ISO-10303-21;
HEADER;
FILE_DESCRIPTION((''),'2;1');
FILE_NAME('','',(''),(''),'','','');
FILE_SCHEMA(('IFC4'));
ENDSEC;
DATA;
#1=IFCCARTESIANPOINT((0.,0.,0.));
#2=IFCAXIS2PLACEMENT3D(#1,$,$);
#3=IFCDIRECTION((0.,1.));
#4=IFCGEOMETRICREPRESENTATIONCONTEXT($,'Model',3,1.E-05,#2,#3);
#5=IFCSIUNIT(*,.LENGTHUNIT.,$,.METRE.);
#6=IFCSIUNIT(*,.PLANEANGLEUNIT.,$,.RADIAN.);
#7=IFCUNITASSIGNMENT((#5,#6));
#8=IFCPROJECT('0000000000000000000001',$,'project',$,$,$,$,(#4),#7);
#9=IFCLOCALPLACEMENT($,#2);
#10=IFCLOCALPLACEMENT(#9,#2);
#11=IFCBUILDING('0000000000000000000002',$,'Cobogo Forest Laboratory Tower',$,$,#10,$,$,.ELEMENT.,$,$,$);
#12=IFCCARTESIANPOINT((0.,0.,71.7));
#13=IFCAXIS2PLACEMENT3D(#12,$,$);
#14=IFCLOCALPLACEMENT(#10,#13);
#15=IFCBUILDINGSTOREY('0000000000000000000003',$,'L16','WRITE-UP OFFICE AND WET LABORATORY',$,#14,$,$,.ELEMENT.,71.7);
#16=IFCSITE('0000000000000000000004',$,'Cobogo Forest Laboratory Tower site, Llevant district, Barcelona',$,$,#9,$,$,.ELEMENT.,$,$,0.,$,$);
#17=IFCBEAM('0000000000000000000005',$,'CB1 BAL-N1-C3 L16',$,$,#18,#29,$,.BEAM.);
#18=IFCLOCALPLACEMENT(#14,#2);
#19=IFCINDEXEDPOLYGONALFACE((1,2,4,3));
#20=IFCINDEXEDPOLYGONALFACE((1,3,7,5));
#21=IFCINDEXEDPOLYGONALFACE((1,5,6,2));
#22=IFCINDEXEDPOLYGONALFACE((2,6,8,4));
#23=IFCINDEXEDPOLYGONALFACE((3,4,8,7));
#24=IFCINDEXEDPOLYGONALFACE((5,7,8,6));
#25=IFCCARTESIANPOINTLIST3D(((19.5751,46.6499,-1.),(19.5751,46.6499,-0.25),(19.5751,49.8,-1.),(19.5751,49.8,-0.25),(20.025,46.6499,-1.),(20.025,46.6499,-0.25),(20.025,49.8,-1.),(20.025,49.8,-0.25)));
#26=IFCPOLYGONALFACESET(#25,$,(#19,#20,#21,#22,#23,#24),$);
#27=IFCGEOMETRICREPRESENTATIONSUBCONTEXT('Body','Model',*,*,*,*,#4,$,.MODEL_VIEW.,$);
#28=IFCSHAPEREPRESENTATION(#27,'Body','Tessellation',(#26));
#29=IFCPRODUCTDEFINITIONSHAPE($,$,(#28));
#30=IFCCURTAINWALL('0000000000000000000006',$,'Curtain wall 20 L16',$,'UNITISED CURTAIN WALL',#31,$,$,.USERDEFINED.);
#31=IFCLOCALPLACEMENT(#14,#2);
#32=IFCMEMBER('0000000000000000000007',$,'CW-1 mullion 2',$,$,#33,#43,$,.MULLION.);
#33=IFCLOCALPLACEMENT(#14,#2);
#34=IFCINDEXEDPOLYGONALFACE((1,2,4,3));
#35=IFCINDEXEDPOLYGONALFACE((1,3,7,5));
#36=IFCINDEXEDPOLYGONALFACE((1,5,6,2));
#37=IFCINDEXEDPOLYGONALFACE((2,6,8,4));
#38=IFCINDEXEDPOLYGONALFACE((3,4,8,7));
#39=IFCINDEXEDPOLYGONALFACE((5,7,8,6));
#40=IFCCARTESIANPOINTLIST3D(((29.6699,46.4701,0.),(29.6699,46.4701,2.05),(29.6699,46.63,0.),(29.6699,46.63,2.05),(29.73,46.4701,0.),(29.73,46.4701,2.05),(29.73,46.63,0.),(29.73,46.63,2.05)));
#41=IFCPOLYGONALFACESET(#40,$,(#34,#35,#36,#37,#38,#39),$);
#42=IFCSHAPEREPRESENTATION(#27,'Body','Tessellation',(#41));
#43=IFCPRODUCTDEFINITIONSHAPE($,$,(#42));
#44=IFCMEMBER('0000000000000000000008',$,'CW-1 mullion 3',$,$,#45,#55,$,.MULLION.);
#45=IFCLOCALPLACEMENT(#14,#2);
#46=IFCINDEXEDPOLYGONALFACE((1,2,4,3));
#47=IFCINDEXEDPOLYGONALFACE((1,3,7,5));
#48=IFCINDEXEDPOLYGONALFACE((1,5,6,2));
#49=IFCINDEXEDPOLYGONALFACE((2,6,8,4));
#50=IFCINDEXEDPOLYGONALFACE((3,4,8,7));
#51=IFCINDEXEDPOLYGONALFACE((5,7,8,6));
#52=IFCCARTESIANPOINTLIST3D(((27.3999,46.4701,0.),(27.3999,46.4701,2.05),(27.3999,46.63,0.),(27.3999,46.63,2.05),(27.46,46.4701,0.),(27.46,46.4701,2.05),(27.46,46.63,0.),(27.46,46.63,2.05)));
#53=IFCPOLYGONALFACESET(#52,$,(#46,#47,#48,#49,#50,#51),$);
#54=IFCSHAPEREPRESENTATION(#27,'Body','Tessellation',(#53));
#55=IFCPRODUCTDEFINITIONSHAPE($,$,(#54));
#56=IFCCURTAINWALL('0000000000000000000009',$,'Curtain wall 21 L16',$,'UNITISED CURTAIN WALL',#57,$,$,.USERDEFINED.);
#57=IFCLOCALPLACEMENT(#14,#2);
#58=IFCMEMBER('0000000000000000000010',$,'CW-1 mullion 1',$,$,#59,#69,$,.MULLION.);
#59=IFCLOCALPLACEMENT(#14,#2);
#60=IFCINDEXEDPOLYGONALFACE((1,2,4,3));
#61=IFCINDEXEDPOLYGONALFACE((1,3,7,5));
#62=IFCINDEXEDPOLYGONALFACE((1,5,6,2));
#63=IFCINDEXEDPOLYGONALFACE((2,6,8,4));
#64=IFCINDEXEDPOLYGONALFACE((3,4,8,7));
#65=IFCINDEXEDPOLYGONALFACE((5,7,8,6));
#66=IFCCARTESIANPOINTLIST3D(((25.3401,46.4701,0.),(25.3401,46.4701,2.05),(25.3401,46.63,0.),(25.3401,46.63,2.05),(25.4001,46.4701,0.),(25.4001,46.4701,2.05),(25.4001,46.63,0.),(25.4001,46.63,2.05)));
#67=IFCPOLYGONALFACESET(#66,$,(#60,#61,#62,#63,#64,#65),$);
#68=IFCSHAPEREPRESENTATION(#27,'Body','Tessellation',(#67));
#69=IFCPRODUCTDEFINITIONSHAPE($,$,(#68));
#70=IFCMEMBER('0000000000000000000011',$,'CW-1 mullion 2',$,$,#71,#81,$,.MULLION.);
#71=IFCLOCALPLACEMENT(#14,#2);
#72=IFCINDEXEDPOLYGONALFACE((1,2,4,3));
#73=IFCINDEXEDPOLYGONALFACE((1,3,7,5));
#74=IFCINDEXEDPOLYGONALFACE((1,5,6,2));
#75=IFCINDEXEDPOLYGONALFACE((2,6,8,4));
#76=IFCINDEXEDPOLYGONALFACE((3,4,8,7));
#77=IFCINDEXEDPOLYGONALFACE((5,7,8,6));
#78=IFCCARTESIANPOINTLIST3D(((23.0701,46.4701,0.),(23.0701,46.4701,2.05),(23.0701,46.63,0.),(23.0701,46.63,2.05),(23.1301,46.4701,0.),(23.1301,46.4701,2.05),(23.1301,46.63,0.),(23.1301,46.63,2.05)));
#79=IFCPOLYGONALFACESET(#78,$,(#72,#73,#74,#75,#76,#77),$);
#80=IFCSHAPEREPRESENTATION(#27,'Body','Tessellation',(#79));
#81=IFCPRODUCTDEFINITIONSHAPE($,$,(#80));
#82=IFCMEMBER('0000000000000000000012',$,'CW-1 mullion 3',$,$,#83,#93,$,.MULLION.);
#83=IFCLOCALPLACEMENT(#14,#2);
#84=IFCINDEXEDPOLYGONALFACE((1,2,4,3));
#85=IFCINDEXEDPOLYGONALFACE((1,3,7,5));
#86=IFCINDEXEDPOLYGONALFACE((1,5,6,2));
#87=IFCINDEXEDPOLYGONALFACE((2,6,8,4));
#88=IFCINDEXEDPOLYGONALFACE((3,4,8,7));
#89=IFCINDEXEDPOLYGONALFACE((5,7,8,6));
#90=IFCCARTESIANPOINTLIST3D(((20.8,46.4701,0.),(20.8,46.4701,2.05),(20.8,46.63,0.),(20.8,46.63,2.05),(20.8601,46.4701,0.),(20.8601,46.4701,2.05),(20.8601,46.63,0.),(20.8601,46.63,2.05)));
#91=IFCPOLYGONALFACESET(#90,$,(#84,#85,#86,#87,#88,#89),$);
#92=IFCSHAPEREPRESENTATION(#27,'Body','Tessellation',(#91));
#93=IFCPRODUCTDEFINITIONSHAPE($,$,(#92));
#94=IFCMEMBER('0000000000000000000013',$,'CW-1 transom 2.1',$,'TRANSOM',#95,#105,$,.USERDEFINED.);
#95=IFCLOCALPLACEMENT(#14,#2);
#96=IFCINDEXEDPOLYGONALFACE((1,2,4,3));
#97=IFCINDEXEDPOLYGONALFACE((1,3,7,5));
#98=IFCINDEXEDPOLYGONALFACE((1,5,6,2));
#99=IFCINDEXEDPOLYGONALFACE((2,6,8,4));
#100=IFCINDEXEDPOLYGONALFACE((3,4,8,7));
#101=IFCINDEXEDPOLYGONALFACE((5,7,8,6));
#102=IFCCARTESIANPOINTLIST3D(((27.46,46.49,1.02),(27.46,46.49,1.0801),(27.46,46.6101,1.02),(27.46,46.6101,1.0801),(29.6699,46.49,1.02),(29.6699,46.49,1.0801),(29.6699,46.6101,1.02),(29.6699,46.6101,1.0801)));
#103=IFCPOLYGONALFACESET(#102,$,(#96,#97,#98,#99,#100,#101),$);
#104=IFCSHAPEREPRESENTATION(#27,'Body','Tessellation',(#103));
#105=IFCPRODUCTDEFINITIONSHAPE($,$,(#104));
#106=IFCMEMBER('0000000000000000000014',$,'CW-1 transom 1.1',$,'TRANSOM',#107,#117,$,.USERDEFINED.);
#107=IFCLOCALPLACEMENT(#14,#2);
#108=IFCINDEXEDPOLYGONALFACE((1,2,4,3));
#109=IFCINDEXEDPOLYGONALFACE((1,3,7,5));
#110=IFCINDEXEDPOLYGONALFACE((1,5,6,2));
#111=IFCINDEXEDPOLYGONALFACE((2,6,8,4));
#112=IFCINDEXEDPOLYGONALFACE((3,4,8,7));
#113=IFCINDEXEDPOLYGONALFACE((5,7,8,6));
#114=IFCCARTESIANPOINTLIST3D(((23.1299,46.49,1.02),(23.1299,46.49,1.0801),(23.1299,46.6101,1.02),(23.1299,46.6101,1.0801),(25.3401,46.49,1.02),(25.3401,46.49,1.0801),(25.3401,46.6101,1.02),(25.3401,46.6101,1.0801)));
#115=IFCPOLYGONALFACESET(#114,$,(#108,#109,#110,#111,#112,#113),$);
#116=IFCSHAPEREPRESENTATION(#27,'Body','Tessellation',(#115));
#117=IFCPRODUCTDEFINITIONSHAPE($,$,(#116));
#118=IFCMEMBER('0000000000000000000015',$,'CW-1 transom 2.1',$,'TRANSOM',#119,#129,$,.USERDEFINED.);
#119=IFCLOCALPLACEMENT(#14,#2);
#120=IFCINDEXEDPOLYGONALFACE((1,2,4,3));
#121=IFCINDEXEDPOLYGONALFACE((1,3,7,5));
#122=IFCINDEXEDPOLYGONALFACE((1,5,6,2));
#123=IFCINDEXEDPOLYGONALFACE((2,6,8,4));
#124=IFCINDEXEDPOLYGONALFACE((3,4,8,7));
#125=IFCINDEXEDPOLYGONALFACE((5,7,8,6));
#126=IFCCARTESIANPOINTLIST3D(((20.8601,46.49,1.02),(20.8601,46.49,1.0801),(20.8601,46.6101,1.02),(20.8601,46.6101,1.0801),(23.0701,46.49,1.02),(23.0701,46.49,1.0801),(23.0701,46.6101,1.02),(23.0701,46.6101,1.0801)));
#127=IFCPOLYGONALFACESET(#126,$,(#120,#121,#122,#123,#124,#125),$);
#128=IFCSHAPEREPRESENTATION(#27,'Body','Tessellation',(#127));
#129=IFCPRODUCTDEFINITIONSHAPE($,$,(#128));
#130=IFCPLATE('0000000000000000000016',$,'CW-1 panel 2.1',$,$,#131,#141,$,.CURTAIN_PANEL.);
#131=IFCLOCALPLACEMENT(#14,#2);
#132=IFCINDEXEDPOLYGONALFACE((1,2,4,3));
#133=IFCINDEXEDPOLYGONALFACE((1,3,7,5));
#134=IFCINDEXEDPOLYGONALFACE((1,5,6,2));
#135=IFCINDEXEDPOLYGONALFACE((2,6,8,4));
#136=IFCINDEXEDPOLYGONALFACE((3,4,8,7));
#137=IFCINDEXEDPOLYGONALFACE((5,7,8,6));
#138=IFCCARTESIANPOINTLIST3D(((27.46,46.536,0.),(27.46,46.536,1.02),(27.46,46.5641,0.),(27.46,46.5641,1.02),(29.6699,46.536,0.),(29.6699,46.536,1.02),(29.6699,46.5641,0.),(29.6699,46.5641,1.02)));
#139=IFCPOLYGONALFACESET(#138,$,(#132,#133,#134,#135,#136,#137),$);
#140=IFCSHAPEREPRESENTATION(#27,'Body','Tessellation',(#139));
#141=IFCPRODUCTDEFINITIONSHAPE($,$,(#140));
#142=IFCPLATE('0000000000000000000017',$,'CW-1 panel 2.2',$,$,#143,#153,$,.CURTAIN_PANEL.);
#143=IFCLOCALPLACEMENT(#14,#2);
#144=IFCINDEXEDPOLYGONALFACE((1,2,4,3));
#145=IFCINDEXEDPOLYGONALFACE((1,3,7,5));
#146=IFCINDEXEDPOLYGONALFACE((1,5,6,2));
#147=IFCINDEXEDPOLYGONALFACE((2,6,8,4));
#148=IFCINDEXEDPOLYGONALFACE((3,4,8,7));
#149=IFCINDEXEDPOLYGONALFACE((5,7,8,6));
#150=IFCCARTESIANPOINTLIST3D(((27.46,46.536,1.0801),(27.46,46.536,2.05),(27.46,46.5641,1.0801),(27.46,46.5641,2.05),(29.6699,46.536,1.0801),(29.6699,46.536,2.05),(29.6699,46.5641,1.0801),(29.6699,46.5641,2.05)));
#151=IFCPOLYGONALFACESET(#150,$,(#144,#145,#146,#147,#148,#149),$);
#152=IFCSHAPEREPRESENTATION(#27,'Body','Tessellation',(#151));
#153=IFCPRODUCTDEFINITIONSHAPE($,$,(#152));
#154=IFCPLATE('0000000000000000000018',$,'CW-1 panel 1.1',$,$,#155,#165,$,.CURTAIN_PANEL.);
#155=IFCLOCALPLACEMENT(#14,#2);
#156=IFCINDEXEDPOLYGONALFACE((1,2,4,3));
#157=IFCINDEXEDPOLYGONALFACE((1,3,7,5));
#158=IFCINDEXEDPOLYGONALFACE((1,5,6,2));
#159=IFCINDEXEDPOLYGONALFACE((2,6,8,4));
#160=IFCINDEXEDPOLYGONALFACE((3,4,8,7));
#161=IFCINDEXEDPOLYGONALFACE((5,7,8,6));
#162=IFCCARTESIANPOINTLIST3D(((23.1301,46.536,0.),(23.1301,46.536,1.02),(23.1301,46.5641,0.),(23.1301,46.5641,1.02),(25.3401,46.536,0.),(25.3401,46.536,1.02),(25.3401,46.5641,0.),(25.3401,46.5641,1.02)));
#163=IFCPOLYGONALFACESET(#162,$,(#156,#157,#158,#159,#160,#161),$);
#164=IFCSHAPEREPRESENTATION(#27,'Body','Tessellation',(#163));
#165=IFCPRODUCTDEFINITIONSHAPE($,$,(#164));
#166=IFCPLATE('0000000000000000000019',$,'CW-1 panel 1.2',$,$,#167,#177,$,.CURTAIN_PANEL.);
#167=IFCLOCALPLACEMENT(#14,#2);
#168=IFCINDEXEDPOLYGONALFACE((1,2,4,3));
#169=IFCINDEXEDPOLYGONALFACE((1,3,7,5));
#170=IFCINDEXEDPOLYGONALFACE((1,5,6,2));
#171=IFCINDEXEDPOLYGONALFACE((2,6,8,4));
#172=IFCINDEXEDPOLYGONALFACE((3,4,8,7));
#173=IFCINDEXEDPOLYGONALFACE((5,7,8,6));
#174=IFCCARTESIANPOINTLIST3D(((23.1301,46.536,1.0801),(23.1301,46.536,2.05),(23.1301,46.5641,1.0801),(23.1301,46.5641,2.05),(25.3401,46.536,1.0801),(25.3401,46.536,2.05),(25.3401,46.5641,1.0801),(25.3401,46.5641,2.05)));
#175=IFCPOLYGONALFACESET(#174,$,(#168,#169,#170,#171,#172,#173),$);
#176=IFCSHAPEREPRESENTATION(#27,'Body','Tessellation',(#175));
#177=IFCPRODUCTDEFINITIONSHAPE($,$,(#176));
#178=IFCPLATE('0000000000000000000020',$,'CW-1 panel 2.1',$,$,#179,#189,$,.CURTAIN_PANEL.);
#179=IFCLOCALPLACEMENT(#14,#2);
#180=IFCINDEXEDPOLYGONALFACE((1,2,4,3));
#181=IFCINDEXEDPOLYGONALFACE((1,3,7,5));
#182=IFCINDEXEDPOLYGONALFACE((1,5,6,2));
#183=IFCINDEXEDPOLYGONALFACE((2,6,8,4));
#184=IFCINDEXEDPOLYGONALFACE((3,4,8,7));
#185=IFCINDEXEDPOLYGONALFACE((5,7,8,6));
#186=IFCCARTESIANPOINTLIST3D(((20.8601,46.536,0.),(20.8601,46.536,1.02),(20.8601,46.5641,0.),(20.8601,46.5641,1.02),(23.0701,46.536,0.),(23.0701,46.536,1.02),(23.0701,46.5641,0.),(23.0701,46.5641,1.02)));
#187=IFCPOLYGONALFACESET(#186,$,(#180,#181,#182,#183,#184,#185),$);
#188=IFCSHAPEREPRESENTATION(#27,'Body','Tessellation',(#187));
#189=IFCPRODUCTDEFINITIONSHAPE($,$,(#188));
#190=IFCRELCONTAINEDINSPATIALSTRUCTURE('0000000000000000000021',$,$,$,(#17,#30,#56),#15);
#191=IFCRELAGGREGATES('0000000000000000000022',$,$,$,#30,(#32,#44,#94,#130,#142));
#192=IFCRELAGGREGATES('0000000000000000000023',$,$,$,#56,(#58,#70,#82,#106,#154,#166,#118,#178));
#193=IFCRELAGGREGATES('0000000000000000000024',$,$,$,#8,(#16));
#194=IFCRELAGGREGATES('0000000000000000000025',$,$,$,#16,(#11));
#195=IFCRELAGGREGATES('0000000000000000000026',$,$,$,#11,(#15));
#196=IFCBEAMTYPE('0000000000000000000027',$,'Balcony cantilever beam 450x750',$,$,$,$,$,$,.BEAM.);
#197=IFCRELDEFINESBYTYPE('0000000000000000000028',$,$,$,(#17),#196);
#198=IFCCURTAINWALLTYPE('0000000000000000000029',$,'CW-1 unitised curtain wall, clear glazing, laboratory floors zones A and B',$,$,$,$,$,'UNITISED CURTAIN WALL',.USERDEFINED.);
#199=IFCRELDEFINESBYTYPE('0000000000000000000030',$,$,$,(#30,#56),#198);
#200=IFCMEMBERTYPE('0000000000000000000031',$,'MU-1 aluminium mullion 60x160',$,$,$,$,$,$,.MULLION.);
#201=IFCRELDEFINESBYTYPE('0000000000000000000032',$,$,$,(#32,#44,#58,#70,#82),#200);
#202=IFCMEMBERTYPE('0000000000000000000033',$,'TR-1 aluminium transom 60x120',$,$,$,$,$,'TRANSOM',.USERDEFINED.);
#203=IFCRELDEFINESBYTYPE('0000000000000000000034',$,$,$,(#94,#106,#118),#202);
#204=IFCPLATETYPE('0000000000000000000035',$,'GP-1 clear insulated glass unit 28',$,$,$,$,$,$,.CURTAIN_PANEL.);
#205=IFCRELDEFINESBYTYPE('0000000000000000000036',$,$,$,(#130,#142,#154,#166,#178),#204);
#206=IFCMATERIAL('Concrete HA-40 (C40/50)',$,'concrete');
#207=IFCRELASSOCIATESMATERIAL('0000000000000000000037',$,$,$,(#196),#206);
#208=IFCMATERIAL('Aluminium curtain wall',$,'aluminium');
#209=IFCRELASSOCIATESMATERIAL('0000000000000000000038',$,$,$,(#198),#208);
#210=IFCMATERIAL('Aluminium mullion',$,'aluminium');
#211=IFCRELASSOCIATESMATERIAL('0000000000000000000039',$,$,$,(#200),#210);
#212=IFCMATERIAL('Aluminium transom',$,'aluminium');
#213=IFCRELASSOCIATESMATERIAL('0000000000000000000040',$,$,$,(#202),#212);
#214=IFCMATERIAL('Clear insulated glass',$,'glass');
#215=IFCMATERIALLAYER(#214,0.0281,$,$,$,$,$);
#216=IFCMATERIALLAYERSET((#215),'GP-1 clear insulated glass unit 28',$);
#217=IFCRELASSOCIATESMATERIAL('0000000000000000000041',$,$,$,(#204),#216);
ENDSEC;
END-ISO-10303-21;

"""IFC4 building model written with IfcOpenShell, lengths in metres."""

from ifc_helpers import new_model, si_unit, direction, frame, origin, origin_2d, place, context, subcontext, project, spatial, rectangle, extrude, material, layer, layer_set, material_profile, profile_set, type_object, element, aggregate, save


model = new_model("IFC4")

# Units and contexts
model_context = context("Model", 3, precision=1e-05, world=origin(), true_north=direction((0.0, 1.0)))
body_context = subcontext(model_context, "Body", "Model", "MODEL_VIEW")
ifc_project = project(units=[si_unit("LENGTHUNIT", "METRE"), si_unit("PLANEANGLEUNIT", "RADIAN")], contexts=[model_context])

# Site, building, storey
site_placement = place(None, origin())
site = spatial("IfcSite", under=ifc_project, at=site_placement, Name="Cobogo Forest Laboratory Tower site, Llevant district, Barcelona", CompositionType="ELEMENT", RefElevation=0.0)
building_placement = place(site_placement, origin())
building = spatial("IfcBuilding", under=site, at=building_placement, Name="Cobogo Forest Laboratory Tower", CompositionType="ELEMENT")
storey_placement = place(building_placement, frame((0.0, 0.0, 71.7)))
storey = spatial("IfcBuildingStorey", under=building, at=storey_placement, Name="L16", Description="WRITE-UP OFFICE AND WET LABORATORY", CompositionType="ELEMENT", Elevation=71.7)

# Beam
ifc_material_1 = material(Name="Concrete HA-40 (C40/50)", Category="concrete")
ifc_material_profile_1 = material_profile(ifc_material_1, rectangle(XDim=0.45, YDim=0.75, at=origin_2d()), Name="RC 450x750")
ifc_profile_set_1 = profile_set([ifc_material_profile_1], Name="Concrete HA-40 (C40/50)")
beam_type = type_object("IfcBeamType", Name="Balcony cantilever beam 450x750", PredefinedType="BEAM", material=ifc_profile_set_1)
beam_placement = place(storey_placement, frame((19.8, 46.6499, -0.625), z_axis=(0.0, 1.0, 0.0), x_axis=(-1.0, 0.0, 0.0)))
element("IfcBeam", 1, at=beam_placement, inside=storey, type_object=beam_type, Name="CB1 BAL-N1-C3 L16", PredefinedType="BEAM", context=body_context, shape_type="SweptSolid", body=[
    extrude(rectangle(XDim=0.45, YDim=0.75, at=origin_2d()), origin(), (0.0, 0.0, 1.0), 3.1501),
])

# Curtain walls, members
ifc_material_2 = material(Name="Aluminium curtain wall", Category="aluminium")
curtain_wall_type = type_object("IfcCurtainWallType", Name="CW-1 unitised curtain wall, clear glazing, laboratory floors zones A and B", ElementType="UNITISED CURTAIN WALL", PredefinedType="USERDEFINED", material=ifc_material_2)
curtain_wall_1_placement = place(storey_placement, origin())
curtain_wall_1 = element("IfcCurtainWall", 2, at=curtain_wall_1_placement, inside=storey, type_object=curtain_wall_type, Name="Curtain wall 20 L16", ObjectType="UNITISED CURTAIN WALL", PredefinedType="USERDEFINED")
ifc_material_3 = material(Name="Aluminium mullion", Category="aluminium")
ifc_material_profile_2 = material_profile(ifc_material_3, rectangle(XDim=0.0601, YDim=0.1599, at=origin_2d()), Name="AL 60x160")
ifc_profile_set_2 = profile_set([ifc_material_profile_2], Name="Aluminium mullion")
member_type_1 = type_object("IfcMemberType", Name="MU-1 aluminium mullion 60x160", PredefinedType="MULLION", material=ifc_profile_set_2)
member_1_placement = place(storey_placement, frame((29.7, 46.55, 0.0), z_axis=(0.0, 0.0, 1.0), x_axis=(-1.0, 0.0, 0.0)))
member_1 = element("IfcMember", 3, at=member_1_placement, type_object=member_type_1, Name="CW-1 mullion 2", PredefinedType="MULLION", context=body_context, shape_type="SweptSolid", body=[
    extrude(rectangle(XDim=0.0601, YDim=0.1599, at=origin_2d()), origin(), (0.0, 0.0, 1.0), 2.05),
])
member_2_placement = place(storey_placement, frame((27.4299, 46.55, 0.0), z_axis=(0.0, 0.0, 1.0), x_axis=(-1.0, 0.0, 0.0)))
member_2 = element("IfcMember", 4, at=member_2_placement, type_object=member_type_1, Name="CW-1 mullion 3", PredefinedType="MULLION", context=body_context, shape_type="SweptSolid", body=[
    extrude(rectangle(XDim=0.0601, YDim=0.1599, at=origin_2d()), origin(), (0.0, 0.0, 1.0), 2.05),
])
curtain_wall_2_placement = place(storey_placement, origin())
curtain_wall_2 = element("IfcCurtainWall", 5, at=curtain_wall_2_placement, inside=storey, type_object=curtain_wall_type, Name="Curtain wall 21 L16", ObjectType="UNITISED CURTAIN WALL", PredefinedType="USERDEFINED")
member_3_placement = place(storey_placement, frame((25.3701, 46.55, 0.0), z_axis=(0.0, 0.0, 1.0), x_axis=(-1.0, 0.0, 0.0)))
member_3 = element("IfcMember", 6, at=member_3_placement, type_object=member_type_1, Name="CW-1 mullion 1", PredefinedType="MULLION", context=body_context, shape_type="SweptSolid", body=[
    extrude(rectangle(XDim=0.0601, YDim=0.1599, at=origin_2d()), origin(), (0.0, 0.0, 1.0), 2.05),
])
member_4_placement = place(storey_placement, frame((23.1001, 46.55, 0.0), z_axis=(0.0, 0.0, 1.0), x_axis=(-1.0, 0.0, 0.0)))
member_4 = element("IfcMember", 7, at=member_4_placement, type_object=member_type_1, Name="CW-1 mullion 2", PredefinedType="MULLION", context=body_context, shape_type="SweptSolid", body=[
    extrude(rectangle(XDim=0.0601, YDim=0.1599, at=origin_2d()), origin(), (0.0, 0.0, 1.0), 2.05),
])
member_5_placement = place(storey_placement, frame((20.8301, 46.55, 0.0), z_axis=(0.0, 0.0, 1.0), x_axis=(-1.0, 0.0, 0.0)))
member_5 = element("IfcMember", 8, at=member_5_placement, type_object=member_type_1, Name="CW-1 mullion 3", PredefinedType="MULLION", context=body_context, shape_type="SweptSolid", body=[
    extrude(rectangle(XDim=0.0601, YDim=0.1599, at=origin_2d()), origin(), (0.0, 0.0, 1.0), 2.05),
])

# Members
ifc_material_4 = material(Name="Aluminium transom", Category="aluminium")
ifc_material_profile_3 = material_profile(ifc_material_4, rectangle(XDim=0.1201, YDim=0.0601, at=origin_2d()), Name="AL 60x120")
ifc_profile_set_3 = profile_set([ifc_material_profile_3], Name="Aluminium transom")
member_type_2 = type_object("IfcMemberType", Name="TR-1 aluminium transom 60x120", ElementType="TRANSOM", PredefinedType="USERDEFINED", material=ifc_profile_set_3)
member_6_placement = place(storey_placement, frame((29.6699, 46.55, 1.05), z_axis=(-1.0, 0.0, 0.0), x_axis=(0.0, -1.0, 0.0)))
member_6 = element("IfcMember", 9, at=member_6_placement, type_object=member_type_2, Name="CW-1 transom 2.1", ObjectType="TRANSOM", PredefinedType="USERDEFINED", context=body_context, shape_type="SweptSolid", body=[
    extrude(rectangle(XDim=0.1201, YDim=0.0601, at=origin_2d()), origin(), (0.0, 0.0, 1.0), 2.21),
])
member_7_placement = place(storey_placement, frame((25.3401, 46.55, 1.05), z_axis=(-1.0, 0.0, 0.0), x_axis=(0.0, -1.0, 0.0)))
member_7 = element("IfcMember", 10, at=member_7_placement, type_object=member_type_2, Name="CW-1 transom 1.1", ObjectType="TRANSOM", PredefinedType="USERDEFINED", context=body_context, shape_type="SweptSolid", body=[
    extrude(rectangle(XDim=0.1201, YDim=0.0601, at=origin_2d()), origin(), (0.0, 0.0, 1.0), 2.2102),
])
member_8_placement = place(storey_placement, frame((23.0701, 46.55, 1.05), z_axis=(-1.0, 0.0, 0.0), x_axis=(0.0, -1.0, 0.0)))
member_8 = element("IfcMember", 11, at=member_8_placement, type_object=member_type_2, Name="CW-1 transom 2.1", ObjectType="TRANSOM", PredefinedType="USERDEFINED", context=body_context, shape_type="SweptSolid", body=[
    extrude(rectangle(XDim=0.1201, YDim=0.0601, at=origin_2d()), origin(), (0.0, 0.0, 1.0), 2.21),
])

# Plates
ifc_material_5 = material(Name="Clear insulated glass", Category="glass")
ifc_layer_1 = layer(ifc_material_5, 0.0281)
ifc_layer_set_1 = layer_set([ifc_layer_1], Name="GP-1 clear insulated glass unit 28")
plate_type_1 = type_object("IfcPlateType", Name="GP-1 clear insulated glass unit 28", PredefinedType="CURTAIN_PANEL", material=ifc_layer_set_1)
plate_1_placement = place(storey_placement, frame((28.5649, 46.55, 0.0), z_axis=(0.0, 0.0, 1.0), x_axis=(-1.0, 0.0, 0.0)))
plate_1 = element("IfcPlate", 12, at=plate_1_placement, type_object=plate_type_1, Name="CW-1 panel 2.1", PredefinedType="CURTAIN_PANEL", context=body_context, shape_type="SweptSolid", body=[
    extrude(rectangle(XDim=2.21, YDim=0.0281, at=origin_2d()), origin(), (0.0, 0.0, 1.0), 1.02),
])
plate_2_placement = place(storey_placement, frame((28.5649, 46.55, 1.0801), z_axis=(0.0, 0.0, 1.0), x_axis=(-1.0, 0.0, 0.0)))
plate_2 = element("IfcPlate", 13, at=plate_2_placement, type_object=plate_type_1, Name="CW-1 panel 2.2", PredefinedType="CURTAIN_PANEL", context=body_context, shape_type="SweptSolid", body=[
    extrude(rectangle(XDim=2.21, YDim=0.0281, at=origin_2d()), origin(), (0.0, 0.0, 1.0), 0.97),
])
aggregate(curtain_wall_1, [member_1, member_2, member_6, plate_1, plate_2])
plate_3_placement = place(storey_placement, frame((24.2351, 46.55, 0.0), z_axis=(0.0, 0.0, 1.0), x_axis=(-1.0, 0.0, 0.0)))
plate_3 = element("IfcPlate", 14, at=plate_3_placement, type_object=plate_type_1, Name="CW-1 panel 1.1", PredefinedType="CURTAIN_PANEL", context=body_context, shape_type="SweptSolid", body=[
    extrude(rectangle(XDim=2.21, YDim=0.0281, at=origin_2d()), origin(), (0.0, 0.0, 1.0), 1.02),
])
plate_4_placement = place(storey_placement, frame((24.2351, 46.55, 1.0801), z_axis=(0.0, 0.0, 1.0), x_axis=(-1.0, 0.0, 0.0)))
plate_4 = element("IfcPlate", 15, at=plate_4_placement, type_object=plate_type_1, Name="CW-1 panel 1.2", PredefinedType="CURTAIN_PANEL", context=body_context, shape_type="SweptSolid", body=[
    extrude(rectangle(XDim=2.21, YDim=0.0281, at=origin_2d()), origin(), (0.0, 0.0, 1.0), 0.97),
])
plate_5_placement = place(storey_placement, frame((21.9651, 46.55, 0.0), z_axis=(0.0, 0.0, 1.0), x_axis=(-1.0, 0.0, 0.0)))
plate_5 = element("IfcPlate", 16, at=plate_5_placement, type_object=plate_type_1, Name="CW-1 panel 2.1", PredefinedType="CURTAIN_PANEL", context=body_context, shape_type="SweptSolid", body=[
    extrude(rectangle(XDim=2.21, YDim=0.0281, at=origin_2d()), origin(), (0.0, 0.0, 1.0), 1.02),
])
aggregate(curtain_wall_2, [member_3, member_4, member_5, member_7, plate_3, plate_4, member_8, plate_5])

save(model, "model.ifc")
